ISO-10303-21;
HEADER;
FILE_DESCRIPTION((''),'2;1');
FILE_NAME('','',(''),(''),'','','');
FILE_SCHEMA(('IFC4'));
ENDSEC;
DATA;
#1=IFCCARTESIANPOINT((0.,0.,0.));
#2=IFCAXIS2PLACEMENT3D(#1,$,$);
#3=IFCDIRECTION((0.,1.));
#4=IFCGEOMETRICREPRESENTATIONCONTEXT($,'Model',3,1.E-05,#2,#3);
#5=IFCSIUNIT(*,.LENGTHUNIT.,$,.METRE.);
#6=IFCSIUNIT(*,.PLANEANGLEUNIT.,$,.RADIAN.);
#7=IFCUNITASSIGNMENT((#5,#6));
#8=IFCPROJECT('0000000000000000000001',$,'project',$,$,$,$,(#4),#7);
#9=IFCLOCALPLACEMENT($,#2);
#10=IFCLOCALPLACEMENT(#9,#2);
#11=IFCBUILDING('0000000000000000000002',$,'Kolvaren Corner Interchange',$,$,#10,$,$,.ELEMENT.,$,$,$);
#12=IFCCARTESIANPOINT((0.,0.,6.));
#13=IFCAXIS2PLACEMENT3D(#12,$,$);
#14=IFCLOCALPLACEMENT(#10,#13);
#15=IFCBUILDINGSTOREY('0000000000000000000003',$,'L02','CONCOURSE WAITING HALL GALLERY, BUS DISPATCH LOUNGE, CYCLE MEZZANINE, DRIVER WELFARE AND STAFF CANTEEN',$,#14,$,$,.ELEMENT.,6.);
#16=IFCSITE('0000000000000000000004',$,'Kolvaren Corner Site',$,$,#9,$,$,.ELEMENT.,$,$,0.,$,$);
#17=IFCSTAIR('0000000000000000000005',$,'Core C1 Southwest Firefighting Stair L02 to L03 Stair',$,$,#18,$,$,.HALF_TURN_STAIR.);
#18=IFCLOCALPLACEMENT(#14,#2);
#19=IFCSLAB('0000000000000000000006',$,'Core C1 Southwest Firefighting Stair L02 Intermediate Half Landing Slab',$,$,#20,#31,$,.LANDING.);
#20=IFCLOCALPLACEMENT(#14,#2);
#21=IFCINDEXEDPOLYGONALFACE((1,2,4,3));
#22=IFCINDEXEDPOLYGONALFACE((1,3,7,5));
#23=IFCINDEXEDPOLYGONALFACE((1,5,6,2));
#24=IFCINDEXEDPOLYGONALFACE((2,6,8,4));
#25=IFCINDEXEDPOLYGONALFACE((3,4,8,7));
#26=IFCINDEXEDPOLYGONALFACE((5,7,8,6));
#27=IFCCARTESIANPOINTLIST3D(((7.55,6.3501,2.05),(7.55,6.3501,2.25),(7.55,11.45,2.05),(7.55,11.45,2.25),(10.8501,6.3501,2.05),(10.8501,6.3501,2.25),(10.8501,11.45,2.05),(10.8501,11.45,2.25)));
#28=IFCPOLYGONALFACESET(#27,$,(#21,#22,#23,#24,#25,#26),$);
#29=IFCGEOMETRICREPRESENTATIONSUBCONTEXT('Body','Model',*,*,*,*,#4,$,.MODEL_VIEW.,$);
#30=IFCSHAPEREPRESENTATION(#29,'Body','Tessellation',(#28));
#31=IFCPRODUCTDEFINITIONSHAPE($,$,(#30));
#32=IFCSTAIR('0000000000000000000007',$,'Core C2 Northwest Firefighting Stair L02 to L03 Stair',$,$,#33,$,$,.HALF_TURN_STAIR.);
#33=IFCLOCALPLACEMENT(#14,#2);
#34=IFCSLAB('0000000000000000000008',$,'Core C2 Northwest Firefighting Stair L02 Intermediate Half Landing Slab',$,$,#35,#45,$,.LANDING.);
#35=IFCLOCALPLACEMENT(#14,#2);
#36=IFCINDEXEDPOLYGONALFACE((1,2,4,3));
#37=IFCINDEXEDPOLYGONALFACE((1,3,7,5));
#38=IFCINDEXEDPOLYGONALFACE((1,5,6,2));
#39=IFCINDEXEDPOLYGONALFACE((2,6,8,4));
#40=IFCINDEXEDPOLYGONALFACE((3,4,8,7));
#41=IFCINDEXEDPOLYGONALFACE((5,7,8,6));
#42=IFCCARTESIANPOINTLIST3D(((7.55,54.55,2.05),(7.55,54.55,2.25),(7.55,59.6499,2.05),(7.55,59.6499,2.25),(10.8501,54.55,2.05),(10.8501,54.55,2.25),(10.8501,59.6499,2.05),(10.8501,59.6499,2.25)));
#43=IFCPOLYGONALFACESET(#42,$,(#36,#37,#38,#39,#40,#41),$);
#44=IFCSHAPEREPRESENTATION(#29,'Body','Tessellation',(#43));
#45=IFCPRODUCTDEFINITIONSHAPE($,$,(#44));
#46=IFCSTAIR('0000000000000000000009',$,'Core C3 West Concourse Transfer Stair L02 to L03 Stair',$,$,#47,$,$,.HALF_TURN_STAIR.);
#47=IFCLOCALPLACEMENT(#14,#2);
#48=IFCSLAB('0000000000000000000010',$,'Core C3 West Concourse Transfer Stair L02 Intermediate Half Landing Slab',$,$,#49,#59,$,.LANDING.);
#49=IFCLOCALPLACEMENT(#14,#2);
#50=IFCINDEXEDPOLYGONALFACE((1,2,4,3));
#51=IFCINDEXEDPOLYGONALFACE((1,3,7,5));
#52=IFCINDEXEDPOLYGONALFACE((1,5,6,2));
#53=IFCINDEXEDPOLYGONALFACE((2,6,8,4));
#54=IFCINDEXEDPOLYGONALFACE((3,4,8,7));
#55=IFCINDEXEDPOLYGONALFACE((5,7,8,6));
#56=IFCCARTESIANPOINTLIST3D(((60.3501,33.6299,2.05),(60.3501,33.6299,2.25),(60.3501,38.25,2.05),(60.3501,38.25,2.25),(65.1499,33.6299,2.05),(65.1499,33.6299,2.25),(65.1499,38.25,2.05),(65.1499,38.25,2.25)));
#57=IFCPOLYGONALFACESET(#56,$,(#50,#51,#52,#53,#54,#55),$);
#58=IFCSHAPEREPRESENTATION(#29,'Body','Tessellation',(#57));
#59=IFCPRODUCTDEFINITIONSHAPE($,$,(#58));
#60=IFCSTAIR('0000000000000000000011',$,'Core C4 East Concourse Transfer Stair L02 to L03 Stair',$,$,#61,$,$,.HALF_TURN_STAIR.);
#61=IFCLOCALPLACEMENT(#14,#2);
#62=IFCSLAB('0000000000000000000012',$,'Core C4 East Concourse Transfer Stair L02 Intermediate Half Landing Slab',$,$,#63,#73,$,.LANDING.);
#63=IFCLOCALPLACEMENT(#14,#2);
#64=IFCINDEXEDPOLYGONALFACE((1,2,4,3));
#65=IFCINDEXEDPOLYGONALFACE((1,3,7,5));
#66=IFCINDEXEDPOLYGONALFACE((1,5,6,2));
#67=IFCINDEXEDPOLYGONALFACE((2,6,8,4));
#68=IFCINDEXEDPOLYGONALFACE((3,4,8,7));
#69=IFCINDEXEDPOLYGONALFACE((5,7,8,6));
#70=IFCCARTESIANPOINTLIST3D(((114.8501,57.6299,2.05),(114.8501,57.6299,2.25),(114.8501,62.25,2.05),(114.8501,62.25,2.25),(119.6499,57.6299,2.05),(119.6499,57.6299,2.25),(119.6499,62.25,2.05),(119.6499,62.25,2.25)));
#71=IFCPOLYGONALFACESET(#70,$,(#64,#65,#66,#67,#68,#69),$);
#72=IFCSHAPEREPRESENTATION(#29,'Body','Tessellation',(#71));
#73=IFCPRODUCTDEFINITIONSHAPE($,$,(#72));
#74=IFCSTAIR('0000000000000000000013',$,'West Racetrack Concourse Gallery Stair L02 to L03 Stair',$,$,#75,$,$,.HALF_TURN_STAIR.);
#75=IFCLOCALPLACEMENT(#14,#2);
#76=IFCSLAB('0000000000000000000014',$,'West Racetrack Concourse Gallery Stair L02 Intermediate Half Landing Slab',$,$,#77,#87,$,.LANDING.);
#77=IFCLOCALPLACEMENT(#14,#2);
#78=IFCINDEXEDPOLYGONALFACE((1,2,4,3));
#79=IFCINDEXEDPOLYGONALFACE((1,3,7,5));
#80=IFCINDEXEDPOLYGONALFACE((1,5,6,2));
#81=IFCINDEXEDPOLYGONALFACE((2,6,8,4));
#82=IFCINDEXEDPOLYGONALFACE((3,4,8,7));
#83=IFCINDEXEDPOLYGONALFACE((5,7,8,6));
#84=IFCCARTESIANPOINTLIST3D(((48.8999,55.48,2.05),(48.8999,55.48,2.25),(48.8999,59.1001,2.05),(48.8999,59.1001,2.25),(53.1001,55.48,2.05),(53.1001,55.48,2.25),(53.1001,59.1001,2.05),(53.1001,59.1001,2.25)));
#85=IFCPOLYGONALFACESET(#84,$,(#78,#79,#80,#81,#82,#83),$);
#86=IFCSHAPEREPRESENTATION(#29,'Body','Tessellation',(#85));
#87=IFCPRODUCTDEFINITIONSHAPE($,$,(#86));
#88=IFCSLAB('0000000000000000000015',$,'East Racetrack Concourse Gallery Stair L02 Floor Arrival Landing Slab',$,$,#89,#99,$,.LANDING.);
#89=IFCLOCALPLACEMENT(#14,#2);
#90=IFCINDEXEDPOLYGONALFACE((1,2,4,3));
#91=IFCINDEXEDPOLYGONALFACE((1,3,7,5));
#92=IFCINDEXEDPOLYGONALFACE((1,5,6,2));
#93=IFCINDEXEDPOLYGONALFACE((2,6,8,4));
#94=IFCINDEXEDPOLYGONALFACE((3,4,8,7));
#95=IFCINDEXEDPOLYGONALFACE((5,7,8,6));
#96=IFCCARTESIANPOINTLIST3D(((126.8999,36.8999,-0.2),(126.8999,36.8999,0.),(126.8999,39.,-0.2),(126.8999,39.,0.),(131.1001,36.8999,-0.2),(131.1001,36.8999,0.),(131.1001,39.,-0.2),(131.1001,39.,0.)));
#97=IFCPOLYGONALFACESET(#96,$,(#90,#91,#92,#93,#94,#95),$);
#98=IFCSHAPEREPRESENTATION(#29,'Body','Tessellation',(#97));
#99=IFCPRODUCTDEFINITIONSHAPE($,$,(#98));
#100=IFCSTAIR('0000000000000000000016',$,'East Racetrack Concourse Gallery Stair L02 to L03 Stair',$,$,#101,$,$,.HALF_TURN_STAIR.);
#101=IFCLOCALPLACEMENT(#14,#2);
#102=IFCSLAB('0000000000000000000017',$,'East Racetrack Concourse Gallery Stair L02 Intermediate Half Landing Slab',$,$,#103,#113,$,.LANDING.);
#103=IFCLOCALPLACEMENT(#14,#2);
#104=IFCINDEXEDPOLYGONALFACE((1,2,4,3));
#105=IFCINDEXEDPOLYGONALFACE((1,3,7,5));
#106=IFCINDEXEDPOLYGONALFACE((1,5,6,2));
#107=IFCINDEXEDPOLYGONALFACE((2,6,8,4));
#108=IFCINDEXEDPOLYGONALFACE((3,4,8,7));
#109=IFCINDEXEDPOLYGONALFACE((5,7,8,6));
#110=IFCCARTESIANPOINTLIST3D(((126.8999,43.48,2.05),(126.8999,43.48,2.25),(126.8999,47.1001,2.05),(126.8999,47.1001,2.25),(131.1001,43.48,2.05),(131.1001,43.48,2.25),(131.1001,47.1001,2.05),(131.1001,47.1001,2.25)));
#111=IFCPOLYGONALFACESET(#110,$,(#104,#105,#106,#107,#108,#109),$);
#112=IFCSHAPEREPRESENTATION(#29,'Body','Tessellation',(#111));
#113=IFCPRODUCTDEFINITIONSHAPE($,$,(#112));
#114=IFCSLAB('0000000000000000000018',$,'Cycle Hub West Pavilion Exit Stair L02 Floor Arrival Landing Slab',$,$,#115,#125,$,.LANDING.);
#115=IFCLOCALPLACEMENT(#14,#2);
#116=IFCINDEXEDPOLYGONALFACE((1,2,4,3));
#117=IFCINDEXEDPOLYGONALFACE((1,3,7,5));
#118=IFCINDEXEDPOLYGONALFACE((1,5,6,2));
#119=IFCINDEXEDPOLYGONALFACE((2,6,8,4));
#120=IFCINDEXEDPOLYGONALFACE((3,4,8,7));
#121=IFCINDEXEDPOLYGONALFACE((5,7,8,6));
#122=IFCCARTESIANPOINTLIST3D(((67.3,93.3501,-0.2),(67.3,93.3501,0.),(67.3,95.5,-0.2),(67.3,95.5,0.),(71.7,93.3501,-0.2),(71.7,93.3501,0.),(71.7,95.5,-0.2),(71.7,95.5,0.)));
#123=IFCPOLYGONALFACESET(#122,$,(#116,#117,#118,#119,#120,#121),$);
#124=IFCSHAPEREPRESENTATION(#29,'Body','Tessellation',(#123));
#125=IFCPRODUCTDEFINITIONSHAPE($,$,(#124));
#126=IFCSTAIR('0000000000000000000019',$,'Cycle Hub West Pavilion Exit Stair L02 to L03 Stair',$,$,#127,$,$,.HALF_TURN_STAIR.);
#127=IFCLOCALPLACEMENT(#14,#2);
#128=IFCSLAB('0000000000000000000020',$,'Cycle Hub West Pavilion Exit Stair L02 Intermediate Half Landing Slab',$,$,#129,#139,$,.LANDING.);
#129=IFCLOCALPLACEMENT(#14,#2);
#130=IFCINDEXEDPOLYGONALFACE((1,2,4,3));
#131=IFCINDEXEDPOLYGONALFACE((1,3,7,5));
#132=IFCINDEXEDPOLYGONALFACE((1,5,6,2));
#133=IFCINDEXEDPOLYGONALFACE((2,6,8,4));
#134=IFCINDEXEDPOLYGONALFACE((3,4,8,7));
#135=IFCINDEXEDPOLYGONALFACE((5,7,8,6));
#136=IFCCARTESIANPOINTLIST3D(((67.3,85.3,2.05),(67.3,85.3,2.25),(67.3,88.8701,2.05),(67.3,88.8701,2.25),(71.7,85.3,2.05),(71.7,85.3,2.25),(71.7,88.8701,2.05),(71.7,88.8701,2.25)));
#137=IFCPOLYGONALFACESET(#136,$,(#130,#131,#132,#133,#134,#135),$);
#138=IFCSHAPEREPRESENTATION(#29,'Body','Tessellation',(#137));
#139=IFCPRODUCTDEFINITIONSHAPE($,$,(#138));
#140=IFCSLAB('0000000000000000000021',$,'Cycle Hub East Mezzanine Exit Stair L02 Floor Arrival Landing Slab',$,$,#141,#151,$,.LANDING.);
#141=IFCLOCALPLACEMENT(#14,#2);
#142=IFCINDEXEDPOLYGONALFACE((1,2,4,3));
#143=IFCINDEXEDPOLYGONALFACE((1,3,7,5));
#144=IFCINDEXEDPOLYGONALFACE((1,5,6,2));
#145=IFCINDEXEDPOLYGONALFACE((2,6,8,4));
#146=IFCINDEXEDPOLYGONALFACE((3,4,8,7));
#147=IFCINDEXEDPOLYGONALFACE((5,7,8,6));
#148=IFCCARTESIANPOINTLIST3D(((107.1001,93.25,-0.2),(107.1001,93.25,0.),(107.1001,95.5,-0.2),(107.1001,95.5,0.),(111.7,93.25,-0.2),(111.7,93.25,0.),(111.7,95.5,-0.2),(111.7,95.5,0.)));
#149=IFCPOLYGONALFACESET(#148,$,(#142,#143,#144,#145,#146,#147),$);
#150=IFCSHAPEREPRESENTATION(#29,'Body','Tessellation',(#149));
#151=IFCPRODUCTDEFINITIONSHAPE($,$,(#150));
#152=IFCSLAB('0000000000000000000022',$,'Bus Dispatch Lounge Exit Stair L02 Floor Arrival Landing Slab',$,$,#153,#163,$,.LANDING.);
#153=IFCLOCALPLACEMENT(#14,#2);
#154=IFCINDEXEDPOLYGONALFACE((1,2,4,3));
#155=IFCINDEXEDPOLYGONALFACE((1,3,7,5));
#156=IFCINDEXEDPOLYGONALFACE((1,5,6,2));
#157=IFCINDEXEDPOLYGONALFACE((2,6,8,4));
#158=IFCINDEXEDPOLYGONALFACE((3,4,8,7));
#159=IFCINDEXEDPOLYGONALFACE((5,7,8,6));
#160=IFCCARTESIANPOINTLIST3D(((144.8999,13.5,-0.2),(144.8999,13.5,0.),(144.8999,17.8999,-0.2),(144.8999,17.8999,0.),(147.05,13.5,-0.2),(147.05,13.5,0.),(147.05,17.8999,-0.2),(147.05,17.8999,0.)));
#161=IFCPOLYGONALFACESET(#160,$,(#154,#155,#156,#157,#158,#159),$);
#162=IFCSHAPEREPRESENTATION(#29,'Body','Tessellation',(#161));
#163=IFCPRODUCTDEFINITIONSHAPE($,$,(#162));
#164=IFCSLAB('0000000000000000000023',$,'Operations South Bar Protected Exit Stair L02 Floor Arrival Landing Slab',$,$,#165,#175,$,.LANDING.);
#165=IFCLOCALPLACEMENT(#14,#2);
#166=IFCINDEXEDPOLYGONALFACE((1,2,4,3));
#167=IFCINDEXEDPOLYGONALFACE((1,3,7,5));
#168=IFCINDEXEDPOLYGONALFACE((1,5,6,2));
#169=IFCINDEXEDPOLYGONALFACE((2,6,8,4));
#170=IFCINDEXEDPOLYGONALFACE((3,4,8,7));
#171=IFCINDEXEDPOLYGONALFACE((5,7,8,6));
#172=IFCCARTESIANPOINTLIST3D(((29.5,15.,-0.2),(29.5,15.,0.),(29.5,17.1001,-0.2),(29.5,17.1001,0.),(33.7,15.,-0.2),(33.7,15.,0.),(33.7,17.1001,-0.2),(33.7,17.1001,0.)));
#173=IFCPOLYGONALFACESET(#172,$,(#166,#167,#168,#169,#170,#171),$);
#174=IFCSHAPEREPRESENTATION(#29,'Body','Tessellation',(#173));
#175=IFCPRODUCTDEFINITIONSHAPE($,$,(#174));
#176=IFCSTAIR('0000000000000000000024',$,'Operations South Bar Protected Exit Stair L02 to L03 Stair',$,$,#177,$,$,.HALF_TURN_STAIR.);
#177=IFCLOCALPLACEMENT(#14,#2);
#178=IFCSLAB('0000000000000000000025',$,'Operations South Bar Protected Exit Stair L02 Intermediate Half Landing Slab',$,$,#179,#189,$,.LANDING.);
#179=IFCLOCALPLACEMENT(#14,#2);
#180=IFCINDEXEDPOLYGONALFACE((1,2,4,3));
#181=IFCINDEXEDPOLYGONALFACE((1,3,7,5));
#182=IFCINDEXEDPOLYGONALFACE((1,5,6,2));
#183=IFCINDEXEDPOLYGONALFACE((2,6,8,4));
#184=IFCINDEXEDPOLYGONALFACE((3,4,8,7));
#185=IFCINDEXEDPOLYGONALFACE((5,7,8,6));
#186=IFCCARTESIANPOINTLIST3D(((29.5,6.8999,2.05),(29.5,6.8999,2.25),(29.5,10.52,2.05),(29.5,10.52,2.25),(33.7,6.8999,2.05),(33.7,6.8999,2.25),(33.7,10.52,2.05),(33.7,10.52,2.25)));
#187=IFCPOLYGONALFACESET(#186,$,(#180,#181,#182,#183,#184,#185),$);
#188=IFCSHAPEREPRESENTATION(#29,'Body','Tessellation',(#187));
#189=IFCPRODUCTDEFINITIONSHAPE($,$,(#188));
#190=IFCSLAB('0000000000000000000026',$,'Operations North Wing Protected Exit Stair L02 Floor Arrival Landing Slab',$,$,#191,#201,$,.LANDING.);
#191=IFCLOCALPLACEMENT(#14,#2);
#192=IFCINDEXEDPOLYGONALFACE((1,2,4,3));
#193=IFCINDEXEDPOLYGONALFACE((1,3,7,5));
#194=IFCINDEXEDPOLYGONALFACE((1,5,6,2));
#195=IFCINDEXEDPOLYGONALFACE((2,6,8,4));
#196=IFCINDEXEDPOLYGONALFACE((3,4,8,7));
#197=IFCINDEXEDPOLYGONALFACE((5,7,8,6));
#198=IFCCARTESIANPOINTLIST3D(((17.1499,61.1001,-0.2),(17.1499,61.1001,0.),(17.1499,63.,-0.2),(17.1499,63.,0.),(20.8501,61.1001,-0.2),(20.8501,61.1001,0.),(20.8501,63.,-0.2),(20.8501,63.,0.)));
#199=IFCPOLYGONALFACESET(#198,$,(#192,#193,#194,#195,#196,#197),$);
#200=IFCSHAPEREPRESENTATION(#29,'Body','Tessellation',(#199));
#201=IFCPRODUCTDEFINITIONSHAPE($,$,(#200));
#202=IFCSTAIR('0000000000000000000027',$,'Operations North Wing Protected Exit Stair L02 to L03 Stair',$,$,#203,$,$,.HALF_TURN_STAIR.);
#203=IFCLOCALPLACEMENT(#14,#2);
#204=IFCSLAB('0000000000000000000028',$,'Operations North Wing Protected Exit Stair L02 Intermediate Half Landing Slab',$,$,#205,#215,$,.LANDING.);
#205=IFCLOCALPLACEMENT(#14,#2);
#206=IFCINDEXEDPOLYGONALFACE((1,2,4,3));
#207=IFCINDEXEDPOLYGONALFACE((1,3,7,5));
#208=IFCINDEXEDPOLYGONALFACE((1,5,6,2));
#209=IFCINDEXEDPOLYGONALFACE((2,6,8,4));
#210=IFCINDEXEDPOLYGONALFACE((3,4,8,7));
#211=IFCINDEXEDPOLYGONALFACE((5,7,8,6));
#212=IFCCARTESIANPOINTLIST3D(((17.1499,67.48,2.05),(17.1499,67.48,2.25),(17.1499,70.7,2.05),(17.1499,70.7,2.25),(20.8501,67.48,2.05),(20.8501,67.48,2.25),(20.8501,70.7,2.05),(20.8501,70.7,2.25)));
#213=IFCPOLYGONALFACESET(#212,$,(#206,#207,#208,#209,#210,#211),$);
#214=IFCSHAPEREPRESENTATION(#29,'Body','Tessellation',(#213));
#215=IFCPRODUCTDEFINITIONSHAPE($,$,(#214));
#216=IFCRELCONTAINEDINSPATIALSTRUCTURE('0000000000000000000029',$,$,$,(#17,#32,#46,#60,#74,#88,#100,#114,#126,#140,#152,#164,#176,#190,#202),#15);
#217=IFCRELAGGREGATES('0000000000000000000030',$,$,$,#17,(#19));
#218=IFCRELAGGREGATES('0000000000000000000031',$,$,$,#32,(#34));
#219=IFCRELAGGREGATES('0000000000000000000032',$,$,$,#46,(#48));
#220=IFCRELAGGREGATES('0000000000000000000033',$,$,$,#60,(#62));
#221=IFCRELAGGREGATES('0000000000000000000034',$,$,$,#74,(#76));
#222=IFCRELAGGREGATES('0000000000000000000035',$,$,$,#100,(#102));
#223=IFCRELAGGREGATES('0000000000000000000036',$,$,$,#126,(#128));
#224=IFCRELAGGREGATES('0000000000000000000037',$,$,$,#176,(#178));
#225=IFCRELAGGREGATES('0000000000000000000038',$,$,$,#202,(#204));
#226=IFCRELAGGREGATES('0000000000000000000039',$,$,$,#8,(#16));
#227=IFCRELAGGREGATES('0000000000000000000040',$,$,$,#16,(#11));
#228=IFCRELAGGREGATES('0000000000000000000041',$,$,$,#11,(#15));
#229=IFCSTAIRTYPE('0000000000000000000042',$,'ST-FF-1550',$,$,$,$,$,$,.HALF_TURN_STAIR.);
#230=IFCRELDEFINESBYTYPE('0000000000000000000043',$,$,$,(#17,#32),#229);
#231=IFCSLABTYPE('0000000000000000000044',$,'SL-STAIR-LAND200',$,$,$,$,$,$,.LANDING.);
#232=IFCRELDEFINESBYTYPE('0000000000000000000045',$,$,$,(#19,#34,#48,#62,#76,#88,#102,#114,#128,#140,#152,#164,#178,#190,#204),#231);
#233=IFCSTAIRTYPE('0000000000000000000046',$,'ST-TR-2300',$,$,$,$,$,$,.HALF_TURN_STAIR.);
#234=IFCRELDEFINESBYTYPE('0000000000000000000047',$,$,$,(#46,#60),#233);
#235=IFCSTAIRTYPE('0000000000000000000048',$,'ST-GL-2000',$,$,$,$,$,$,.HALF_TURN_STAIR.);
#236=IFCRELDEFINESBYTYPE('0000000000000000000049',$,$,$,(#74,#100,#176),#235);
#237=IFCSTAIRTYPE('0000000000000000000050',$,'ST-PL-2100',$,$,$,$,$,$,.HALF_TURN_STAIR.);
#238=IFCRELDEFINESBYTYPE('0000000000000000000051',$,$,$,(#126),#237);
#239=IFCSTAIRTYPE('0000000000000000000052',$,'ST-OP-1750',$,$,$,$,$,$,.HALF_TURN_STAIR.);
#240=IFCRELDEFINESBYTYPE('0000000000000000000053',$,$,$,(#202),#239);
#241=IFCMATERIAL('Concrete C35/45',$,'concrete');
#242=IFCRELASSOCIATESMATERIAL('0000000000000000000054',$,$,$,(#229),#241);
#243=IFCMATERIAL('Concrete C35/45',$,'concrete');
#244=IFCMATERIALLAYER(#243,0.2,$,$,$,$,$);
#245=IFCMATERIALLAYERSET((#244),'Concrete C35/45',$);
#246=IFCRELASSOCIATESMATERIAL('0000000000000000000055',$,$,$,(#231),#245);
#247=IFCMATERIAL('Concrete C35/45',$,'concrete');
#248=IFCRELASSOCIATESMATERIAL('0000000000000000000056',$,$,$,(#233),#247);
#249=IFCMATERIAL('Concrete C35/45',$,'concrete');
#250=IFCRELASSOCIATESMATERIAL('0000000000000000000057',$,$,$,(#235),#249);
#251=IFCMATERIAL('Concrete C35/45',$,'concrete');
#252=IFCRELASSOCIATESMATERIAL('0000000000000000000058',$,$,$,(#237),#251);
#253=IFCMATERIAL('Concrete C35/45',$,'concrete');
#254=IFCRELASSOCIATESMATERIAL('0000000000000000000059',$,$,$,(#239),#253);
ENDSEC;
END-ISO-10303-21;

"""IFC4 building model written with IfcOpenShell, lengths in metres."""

from ifc_helpers import new_model, si_unit, direction, frame, origin, place, context, subcontext, project, spatial, polyline, outline, extrude, material, layer, layer_set, type_object, element, aggregate, save


model = new_model("IFC4")

# Units and contexts
model_context = context("Model", 3, precision=1e-05, world=origin(), true_north=direction((0.0, 1.0)))
body_context = subcontext(model_context, "Body", "Model", "MODEL_VIEW")
ifc_project = project(units=[si_unit("LENGTHUNIT", "METRE"), si_unit("PLANEANGLEUNIT", "RADIAN")], contexts=[model_context])

# Site, building, storey
site_placement = place(None, origin())
site = spatial("IfcSite", under=ifc_project, at=site_placement, Name="Kolvaren Corner Site", CompositionType="ELEMENT", RefElevation=0.0)
building_placement = place(site_placement, origin())
building = spatial("IfcBuilding", under=site, at=building_placement, Name="Kolvaren Corner Interchange", CompositionType="ELEMENT")
storey_placement = place(building_placement, frame((0.0, 0.0, 6.0)))
storey = spatial("IfcBuildingStorey", under=building, at=storey_placement, Name="L02", Description="CONCOURSE WAITING HALL GALLERY, BUS DISPATCH LOUNGE, CYCLE MEZZANINE, DRIVER WELFARE AND STAFF CANTEEN", CompositionType="ELEMENT", Elevation=6.0)

# Stairs, slabs
ifc_material_1 = material(Name="Concrete C35/45", Category="concrete")
stair_type_1 = type_object("IfcStairType", Name="ST-FF-1550", PredefinedType="HALF_TURN_STAIR", material=ifc_material_1)
stair_1_placement = place(storey_placement, origin())
stair_1 = element("IfcStair", 1, at=stair_1_placement, inside=storey, type_object=stair_type_1, Name="Core C1 Southwest Firefighting Stair L02 to L03 Stair", PredefinedType="HALF_TURN_STAIR")
ifc_material_2 = material(Name="Concrete C35/45", Category="concrete")
ifc_layer_1 = layer(ifc_material_2, 0.2)
ifc_layer_set_1 = layer_set([ifc_layer_1], Name="Concrete C35/45")
slab_type = type_object("IfcSlabType", Name="SL-STAIR-LAND200", PredefinedType="LANDING", material=ifc_layer_set_1)
slab_1_placement = place(storey_placement, frame((0.0, 0.0, 2.05)))
slab_1 = element("IfcSlab", 2, at=slab_1_placement, type_object=slab_type, Name="Core C1 Southwest Firefighting Stair L02 Intermediate Half Landing Slab", PredefinedType="LANDING", context=body_context, shape_type="SweptSolid", body=[
    extrude(outline(polyline([(7.55, 11.45), (7.55, 6.3501), (10.8501, 6.3501), (10.8501, 11.45), (7.55, 11.45)])), origin(), (0.0, 0.0, 1.0), 0.2),
])
aggregate(stair_1, [slab_1])
stair_2_placement = place(storey_placement, origin())
stair_2 = element("IfcStair", 3, at=stair_2_placement, inside=storey, type_object=stair_type_1, Name="Core C2 Northwest Firefighting Stair L02 to L03 Stair", PredefinedType="HALF_TURN_STAIR")
slab_2_placement = place(storey_placement, frame((0.0, 0.0, 2.05)))
slab_2 = element("IfcSlab", 4, at=slab_2_placement, type_object=slab_type, Name="Core C2 Northwest Firefighting Stair L02 Intermediate Half Landing Slab", PredefinedType="LANDING", context=body_context, shape_type="SweptSolid", body=[
    extrude(outline(polyline([(10.8501, 54.55), (10.8501, 59.6499), (7.55, 59.6499), (7.55, 54.55), (10.8501, 54.55)])), origin(), (0.0, 0.0, 1.0), 0.2),
])
aggregate(stair_2, [slab_2])
ifc_material_3 = material(Name="Concrete C35/45", Category="concrete")
stair_type_2 = type_object("IfcStairType", Name="ST-TR-2300", PredefinedType="HALF_TURN_STAIR", material=ifc_material_3)
stair_3_placement = place(storey_placement, origin())
stair_3 = element("IfcStair", 5, at=stair_3_placement, inside=storey, type_object=stair_type_2, Name="Core C3 West Concourse Transfer Stair L02 to L03 Stair", PredefinedType="HALF_TURN_STAIR")
slab_3_placement = place(storey_placement, frame((0.0, 0.0, 2.05)))
slab_3 = element("IfcSlab", 6, at=slab_3_placement, type_object=slab_type, Name="Core C3 West Concourse Transfer Stair L02 Intermediate Half Landing Slab", PredefinedType="LANDING", context=body_context, shape_type="SweptSolid", body=[
    extrude(outline(polyline([(65.1499, 33.6299), (65.1499, 38.25), (60.3501, 38.25), (60.3501, 33.6299), (65.1499, 33.6299)])), origin(), (0.0, 0.0, 1.0), 0.2),
])
aggregate(stair_3, [slab_3])
stair_4_placement = place(storey_placement, origin())
stair_4 = element("IfcStair", 7, at=stair_4_placement, inside=storey, type_object=stair_type_2, Name="Core C4 East Concourse Transfer Stair L02 to L03 Stair", PredefinedType="HALF_TURN_STAIR")
slab_4_placement = place(storey_placement, frame((0.0, 0.0, 2.05)))
slab_4 = element("IfcSlab", 8, at=slab_4_placement, type_object=slab_type, Name="Core C4 East Concourse Transfer Stair L02 Intermediate Half Landing Slab", PredefinedType="LANDING", context=body_context, shape_type="SweptSolid", body=[
    extrude(outline(polyline([(119.6499, 57.6299), (119.6499, 62.25), (114.8501, 62.25), (114.8501, 57.6299), (119.6499, 57.6299)])), origin(), (0.0, 0.0, 1.0), 0.2),
])
aggregate(stair_4, [slab_4])
ifc_material_4 = material(Name="Concrete C35/45", Category="concrete")
stair_type_3 = type_object("IfcStairType", Name="ST-GL-2000", PredefinedType="HALF_TURN_STAIR", material=ifc_material_4)
stair_5_placement = place(storey_placement, origin())
stair_5 = element("IfcStair", 9, at=stair_5_placement, inside=storey, type_object=stair_type_3, Name="West Racetrack Concourse Gallery Stair L02 to L03 Stair", PredefinedType="HALF_TURN_STAIR")
slab_5_placement = place(storey_placement, frame((0.0, 0.0, 2.05)))
slab_5 = element("IfcSlab", 10, at=slab_5_placement, type_object=slab_type, Name="West Racetrack Concourse Gallery Stair L02 Intermediate Half Landing Slab", PredefinedType="LANDING", context=body_context, shape_type="SweptSolid", body=[
    extrude(outline(polyline([(53.1001, 55.48), (53.1001, 59.1001), (48.8999, 59.1001), (48.8999, 55.48), (53.1001, 55.48)])), origin(), (0.0, 0.0, 1.0), 0.2),
])
aggregate(stair_5, [slab_5])

# Slab
slab_6_placement = place(storey_placement, frame((0.0, 0.0, -0.2)))
element("IfcSlab", 11, at=slab_6_placement, inside=storey, type_object=slab_type, Name="East Racetrack Concourse Gallery Stair L02 Floor Arrival Landing Slab", PredefinedType="LANDING", context=body_context, shape_type="SweptSolid", body=[
    extrude(outline(polyline([(131.1001, 36.8999), (131.1001, 39.0), (126.8999, 39.0), (126.8999, 36.8999), (131.1001, 36.8999)])), origin(), (0.0, 0.0, 1.0), 0.2),
])

# Stair, slab
stair_6_placement = place(storey_placement, origin())
stair_6 = element("IfcStair", 12, at=stair_6_placement, inside=storey, type_object=stair_type_3, Name="East Racetrack Concourse Gallery Stair L02 to L03 Stair", PredefinedType="HALF_TURN_STAIR")
slab_7_placement = place(storey_placement, frame((0.0, 0.0, 2.05)))
slab_7 = element("IfcSlab", 13, at=slab_7_placement, type_object=slab_type, Name="East Racetrack Concourse Gallery Stair L02 Intermediate Half Landing Slab", PredefinedType="LANDING", context=body_context, shape_type="SweptSolid", body=[
    extrude(outline(polyline([(131.1001, 43.48), (131.1001, 47.1001), (126.8999, 47.1001), (126.8999, 43.48), (131.1001, 43.48)])), origin(), (0.0, 0.0, 1.0), 0.2),
])
aggregate(stair_6, [slab_7])

# Slab
slab_8_placement = place(storey_placement, frame((0.0, 0.0, -0.2)))
element("IfcSlab", 14, at=slab_8_placement, inside=storey, type_object=slab_type, Name="Cycle Hub West Pavilion Exit Stair L02 Floor Arrival Landing Slab", PredefinedType="LANDING", context=body_context, shape_type="SweptSolid", body=[
    extrude(outline(polyline([(67.3, 95.5), (67.3, 93.3501), (71.7, 93.3501), (71.7, 95.5), (67.3, 95.5)])), origin(), (0.0, 0.0, 1.0), 0.2),
])

# Stair, slab
ifc_material_5 = material(Name="Concrete C35/45", Category="concrete")
stair_type_4 = type_object("IfcStairType", Name="ST-PL-2100", PredefinedType="HALF_TURN_STAIR", material=ifc_material_5)
stair_7_placement = place(storey_placement, origin())
stair_7 = element("IfcStair", 15, at=stair_7_placement, inside=storey, type_object=stair_type_4, Name="Cycle Hub West Pavilion Exit Stair L02 to L03 Stair", PredefinedType="HALF_TURN_STAIR")
slab_9_placement = place(storey_placement, frame((0.0, 0.0, 2.05)))
slab_9 = element("IfcSlab", 16, at=slab_9_placement, type_object=slab_type, Name="Cycle Hub West Pavilion Exit Stair L02 Intermediate Half Landing Slab", PredefinedType="LANDING", context=body_context, shape_type="SweptSolid", body=[
    extrude(outline(polyline([(67.3, 88.8701), (67.3, 85.3), (71.7, 85.3), (71.7, 88.8701), (67.3, 88.8701)])), origin(), (0.0, 0.0, 1.0), 0.2),
])
aggregate(stair_7, [slab_9])

# Slabs
slab_10_placement = place(storey_placement, frame((0.0, 0.0, -0.2)))
element("IfcSlab", 17, at=slab_10_placement, inside=storey, type_object=slab_type, Name="Cycle Hub East Mezzanine Exit Stair L02 Floor Arrival Landing Slab", PredefinedType="LANDING", context=body_context, shape_type="SweptSolid", body=[
    extrude(outline(polyline([(107.1001, 95.5), (107.1001, 93.25), (111.7, 93.25), (111.7, 95.5), (107.1001, 95.5)])), origin(), (0.0, 0.0, 1.0), 0.2),
])
slab_11_placement = place(storey_placement, frame((0.0, 0.0, -0.2)))
element("IfcSlab", 18, at=slab_11_placement, inside=storey, type_object=slab_type, Name="Bus Dispatch Lounge Exit Stair L02 Floor Arrival Landing Slab", PredefinedType="LANDING", context=body_context, shape_type="SweptSolid", body=[
    extrude(outline(polyline([(144.8999, 13.5), (147.05, 13.5), (147.05, 17.8999), (144.8999, 17.8999), (144.8999, 13.5)])), origin(), (0.0, 0.0, 1.0), 0.2),
])
slab_12_placement = place(storey_placement, frame((0.0, 0.0, -0.2)))
element("IfcSlab", 19, at=slab_12_placement, inside=storey, type_object=slab_type, Name="Operations South Bar Protected Exit Stair L02 Floor Arrival Landing Slab", PredefinedType="LANDING", context=body_context, shape_type="SweptSolid", body=[
    extrude(outline(polyline([(29.5, 17.1001), (29.5, 15.0), (33.7, 15.0), (33.7, 17.1001), (29.5, 17.1001)])), origin(), (0.0, 0.0, 1.0), 0.2),
])

# Stair, slab
stair_8_placement = place(storey_placement, origin())
stair_8 = element("IfcStair", 20, at=stair_8_placement, inside=storey, type_object=stair_type_3, Name="Operations South Bar Protected Exit Stair L02 to L03 Stair", PredefinedType="HALF_TURN_STAIR")
slab_13_placement = place(storey_placement, frame((0.0, 0.0, 2.05)))
slab_13 = element("IfcSlab", 21, at=slab_13_placement, type_object=slab_type, Name="Operations South Bar Protected Exit Stair L02 Intermediate Half Landing Slab", PredefinedType="LANDING", context=body_context, shape_type="SweptSolid", body=[
    extrude(outline(polyline([(29.5, 10.52), (29.5, 6.8999), (33.7, 6.8999), (33.7, 10.52), (29.5, 10.52)])), origin(), (0.0, 0.0, 1.0), 0.2),
])
aggregate(stair_8, [slab_13])

# Slab
slab_14_placement = place(storey_placement, frame((0.0, 0.0, -0.2)))
element("IfcSlab", 22, at=slab_14_placement, inside=storey, type_object=slab_type, Name="Operations North Wing Protected Exit Stair L02 Floor Arrival Landing Slab", PredefinedType="LANDING", context=body_context, shape_type="SweptSolid", body=[
    extrude(outline(polyline([(20.8501, 61.1001), (20.8501, 63.0), (17.1499, 63.0), (17.1499, 61.1001), (20.8501, 61.1001)])), origin(), (0.0, 0.0, 1.0), 0.2),
])

# Stair, slab
ifc_material_6 = material(Name="Concrete C35/45", Category="concrete")
stair_type_5 = type_object("IfcStairType", Name="ST-OP-1750", PredefinedType="HALF_TURN_STAIR", material=ifc_material_6)
stair_9_placement = place(storey_placement, origin())
stair_9 = element("IfcStair", 23, at=stair_9_placement, inside=storey, type_object=stair_type_5, Name="Operations North Wing Protected Exit Stair L02 to L03 Stair", PredefinedType="HALF_TURN_STAIR")
slab_15_placement = place(storey_placement, frame((0.0, 0.0, 2.05)))
slab_15 = element("IfcSlab", 24, at=slab_15_placement, type_object=slab_type, Name="Operations North Wing Protected Exit Stair L02 Intermediate Half Landing Slab", PredefinedType="LANDING", context=body_context, shape_type="SweptSolid", body=[
    extrude(outline(polyline([(20.8501, 67.48), (20.8501, 70.7), (17.1499, 70.7), (17.1499, 67.48), (20.8501, 67.48)])), origin(), (0.0, 0.0, 1.0), 0.2),
])
aggregate(stair_9, [slab_15])

save(model, "model.ifc")
